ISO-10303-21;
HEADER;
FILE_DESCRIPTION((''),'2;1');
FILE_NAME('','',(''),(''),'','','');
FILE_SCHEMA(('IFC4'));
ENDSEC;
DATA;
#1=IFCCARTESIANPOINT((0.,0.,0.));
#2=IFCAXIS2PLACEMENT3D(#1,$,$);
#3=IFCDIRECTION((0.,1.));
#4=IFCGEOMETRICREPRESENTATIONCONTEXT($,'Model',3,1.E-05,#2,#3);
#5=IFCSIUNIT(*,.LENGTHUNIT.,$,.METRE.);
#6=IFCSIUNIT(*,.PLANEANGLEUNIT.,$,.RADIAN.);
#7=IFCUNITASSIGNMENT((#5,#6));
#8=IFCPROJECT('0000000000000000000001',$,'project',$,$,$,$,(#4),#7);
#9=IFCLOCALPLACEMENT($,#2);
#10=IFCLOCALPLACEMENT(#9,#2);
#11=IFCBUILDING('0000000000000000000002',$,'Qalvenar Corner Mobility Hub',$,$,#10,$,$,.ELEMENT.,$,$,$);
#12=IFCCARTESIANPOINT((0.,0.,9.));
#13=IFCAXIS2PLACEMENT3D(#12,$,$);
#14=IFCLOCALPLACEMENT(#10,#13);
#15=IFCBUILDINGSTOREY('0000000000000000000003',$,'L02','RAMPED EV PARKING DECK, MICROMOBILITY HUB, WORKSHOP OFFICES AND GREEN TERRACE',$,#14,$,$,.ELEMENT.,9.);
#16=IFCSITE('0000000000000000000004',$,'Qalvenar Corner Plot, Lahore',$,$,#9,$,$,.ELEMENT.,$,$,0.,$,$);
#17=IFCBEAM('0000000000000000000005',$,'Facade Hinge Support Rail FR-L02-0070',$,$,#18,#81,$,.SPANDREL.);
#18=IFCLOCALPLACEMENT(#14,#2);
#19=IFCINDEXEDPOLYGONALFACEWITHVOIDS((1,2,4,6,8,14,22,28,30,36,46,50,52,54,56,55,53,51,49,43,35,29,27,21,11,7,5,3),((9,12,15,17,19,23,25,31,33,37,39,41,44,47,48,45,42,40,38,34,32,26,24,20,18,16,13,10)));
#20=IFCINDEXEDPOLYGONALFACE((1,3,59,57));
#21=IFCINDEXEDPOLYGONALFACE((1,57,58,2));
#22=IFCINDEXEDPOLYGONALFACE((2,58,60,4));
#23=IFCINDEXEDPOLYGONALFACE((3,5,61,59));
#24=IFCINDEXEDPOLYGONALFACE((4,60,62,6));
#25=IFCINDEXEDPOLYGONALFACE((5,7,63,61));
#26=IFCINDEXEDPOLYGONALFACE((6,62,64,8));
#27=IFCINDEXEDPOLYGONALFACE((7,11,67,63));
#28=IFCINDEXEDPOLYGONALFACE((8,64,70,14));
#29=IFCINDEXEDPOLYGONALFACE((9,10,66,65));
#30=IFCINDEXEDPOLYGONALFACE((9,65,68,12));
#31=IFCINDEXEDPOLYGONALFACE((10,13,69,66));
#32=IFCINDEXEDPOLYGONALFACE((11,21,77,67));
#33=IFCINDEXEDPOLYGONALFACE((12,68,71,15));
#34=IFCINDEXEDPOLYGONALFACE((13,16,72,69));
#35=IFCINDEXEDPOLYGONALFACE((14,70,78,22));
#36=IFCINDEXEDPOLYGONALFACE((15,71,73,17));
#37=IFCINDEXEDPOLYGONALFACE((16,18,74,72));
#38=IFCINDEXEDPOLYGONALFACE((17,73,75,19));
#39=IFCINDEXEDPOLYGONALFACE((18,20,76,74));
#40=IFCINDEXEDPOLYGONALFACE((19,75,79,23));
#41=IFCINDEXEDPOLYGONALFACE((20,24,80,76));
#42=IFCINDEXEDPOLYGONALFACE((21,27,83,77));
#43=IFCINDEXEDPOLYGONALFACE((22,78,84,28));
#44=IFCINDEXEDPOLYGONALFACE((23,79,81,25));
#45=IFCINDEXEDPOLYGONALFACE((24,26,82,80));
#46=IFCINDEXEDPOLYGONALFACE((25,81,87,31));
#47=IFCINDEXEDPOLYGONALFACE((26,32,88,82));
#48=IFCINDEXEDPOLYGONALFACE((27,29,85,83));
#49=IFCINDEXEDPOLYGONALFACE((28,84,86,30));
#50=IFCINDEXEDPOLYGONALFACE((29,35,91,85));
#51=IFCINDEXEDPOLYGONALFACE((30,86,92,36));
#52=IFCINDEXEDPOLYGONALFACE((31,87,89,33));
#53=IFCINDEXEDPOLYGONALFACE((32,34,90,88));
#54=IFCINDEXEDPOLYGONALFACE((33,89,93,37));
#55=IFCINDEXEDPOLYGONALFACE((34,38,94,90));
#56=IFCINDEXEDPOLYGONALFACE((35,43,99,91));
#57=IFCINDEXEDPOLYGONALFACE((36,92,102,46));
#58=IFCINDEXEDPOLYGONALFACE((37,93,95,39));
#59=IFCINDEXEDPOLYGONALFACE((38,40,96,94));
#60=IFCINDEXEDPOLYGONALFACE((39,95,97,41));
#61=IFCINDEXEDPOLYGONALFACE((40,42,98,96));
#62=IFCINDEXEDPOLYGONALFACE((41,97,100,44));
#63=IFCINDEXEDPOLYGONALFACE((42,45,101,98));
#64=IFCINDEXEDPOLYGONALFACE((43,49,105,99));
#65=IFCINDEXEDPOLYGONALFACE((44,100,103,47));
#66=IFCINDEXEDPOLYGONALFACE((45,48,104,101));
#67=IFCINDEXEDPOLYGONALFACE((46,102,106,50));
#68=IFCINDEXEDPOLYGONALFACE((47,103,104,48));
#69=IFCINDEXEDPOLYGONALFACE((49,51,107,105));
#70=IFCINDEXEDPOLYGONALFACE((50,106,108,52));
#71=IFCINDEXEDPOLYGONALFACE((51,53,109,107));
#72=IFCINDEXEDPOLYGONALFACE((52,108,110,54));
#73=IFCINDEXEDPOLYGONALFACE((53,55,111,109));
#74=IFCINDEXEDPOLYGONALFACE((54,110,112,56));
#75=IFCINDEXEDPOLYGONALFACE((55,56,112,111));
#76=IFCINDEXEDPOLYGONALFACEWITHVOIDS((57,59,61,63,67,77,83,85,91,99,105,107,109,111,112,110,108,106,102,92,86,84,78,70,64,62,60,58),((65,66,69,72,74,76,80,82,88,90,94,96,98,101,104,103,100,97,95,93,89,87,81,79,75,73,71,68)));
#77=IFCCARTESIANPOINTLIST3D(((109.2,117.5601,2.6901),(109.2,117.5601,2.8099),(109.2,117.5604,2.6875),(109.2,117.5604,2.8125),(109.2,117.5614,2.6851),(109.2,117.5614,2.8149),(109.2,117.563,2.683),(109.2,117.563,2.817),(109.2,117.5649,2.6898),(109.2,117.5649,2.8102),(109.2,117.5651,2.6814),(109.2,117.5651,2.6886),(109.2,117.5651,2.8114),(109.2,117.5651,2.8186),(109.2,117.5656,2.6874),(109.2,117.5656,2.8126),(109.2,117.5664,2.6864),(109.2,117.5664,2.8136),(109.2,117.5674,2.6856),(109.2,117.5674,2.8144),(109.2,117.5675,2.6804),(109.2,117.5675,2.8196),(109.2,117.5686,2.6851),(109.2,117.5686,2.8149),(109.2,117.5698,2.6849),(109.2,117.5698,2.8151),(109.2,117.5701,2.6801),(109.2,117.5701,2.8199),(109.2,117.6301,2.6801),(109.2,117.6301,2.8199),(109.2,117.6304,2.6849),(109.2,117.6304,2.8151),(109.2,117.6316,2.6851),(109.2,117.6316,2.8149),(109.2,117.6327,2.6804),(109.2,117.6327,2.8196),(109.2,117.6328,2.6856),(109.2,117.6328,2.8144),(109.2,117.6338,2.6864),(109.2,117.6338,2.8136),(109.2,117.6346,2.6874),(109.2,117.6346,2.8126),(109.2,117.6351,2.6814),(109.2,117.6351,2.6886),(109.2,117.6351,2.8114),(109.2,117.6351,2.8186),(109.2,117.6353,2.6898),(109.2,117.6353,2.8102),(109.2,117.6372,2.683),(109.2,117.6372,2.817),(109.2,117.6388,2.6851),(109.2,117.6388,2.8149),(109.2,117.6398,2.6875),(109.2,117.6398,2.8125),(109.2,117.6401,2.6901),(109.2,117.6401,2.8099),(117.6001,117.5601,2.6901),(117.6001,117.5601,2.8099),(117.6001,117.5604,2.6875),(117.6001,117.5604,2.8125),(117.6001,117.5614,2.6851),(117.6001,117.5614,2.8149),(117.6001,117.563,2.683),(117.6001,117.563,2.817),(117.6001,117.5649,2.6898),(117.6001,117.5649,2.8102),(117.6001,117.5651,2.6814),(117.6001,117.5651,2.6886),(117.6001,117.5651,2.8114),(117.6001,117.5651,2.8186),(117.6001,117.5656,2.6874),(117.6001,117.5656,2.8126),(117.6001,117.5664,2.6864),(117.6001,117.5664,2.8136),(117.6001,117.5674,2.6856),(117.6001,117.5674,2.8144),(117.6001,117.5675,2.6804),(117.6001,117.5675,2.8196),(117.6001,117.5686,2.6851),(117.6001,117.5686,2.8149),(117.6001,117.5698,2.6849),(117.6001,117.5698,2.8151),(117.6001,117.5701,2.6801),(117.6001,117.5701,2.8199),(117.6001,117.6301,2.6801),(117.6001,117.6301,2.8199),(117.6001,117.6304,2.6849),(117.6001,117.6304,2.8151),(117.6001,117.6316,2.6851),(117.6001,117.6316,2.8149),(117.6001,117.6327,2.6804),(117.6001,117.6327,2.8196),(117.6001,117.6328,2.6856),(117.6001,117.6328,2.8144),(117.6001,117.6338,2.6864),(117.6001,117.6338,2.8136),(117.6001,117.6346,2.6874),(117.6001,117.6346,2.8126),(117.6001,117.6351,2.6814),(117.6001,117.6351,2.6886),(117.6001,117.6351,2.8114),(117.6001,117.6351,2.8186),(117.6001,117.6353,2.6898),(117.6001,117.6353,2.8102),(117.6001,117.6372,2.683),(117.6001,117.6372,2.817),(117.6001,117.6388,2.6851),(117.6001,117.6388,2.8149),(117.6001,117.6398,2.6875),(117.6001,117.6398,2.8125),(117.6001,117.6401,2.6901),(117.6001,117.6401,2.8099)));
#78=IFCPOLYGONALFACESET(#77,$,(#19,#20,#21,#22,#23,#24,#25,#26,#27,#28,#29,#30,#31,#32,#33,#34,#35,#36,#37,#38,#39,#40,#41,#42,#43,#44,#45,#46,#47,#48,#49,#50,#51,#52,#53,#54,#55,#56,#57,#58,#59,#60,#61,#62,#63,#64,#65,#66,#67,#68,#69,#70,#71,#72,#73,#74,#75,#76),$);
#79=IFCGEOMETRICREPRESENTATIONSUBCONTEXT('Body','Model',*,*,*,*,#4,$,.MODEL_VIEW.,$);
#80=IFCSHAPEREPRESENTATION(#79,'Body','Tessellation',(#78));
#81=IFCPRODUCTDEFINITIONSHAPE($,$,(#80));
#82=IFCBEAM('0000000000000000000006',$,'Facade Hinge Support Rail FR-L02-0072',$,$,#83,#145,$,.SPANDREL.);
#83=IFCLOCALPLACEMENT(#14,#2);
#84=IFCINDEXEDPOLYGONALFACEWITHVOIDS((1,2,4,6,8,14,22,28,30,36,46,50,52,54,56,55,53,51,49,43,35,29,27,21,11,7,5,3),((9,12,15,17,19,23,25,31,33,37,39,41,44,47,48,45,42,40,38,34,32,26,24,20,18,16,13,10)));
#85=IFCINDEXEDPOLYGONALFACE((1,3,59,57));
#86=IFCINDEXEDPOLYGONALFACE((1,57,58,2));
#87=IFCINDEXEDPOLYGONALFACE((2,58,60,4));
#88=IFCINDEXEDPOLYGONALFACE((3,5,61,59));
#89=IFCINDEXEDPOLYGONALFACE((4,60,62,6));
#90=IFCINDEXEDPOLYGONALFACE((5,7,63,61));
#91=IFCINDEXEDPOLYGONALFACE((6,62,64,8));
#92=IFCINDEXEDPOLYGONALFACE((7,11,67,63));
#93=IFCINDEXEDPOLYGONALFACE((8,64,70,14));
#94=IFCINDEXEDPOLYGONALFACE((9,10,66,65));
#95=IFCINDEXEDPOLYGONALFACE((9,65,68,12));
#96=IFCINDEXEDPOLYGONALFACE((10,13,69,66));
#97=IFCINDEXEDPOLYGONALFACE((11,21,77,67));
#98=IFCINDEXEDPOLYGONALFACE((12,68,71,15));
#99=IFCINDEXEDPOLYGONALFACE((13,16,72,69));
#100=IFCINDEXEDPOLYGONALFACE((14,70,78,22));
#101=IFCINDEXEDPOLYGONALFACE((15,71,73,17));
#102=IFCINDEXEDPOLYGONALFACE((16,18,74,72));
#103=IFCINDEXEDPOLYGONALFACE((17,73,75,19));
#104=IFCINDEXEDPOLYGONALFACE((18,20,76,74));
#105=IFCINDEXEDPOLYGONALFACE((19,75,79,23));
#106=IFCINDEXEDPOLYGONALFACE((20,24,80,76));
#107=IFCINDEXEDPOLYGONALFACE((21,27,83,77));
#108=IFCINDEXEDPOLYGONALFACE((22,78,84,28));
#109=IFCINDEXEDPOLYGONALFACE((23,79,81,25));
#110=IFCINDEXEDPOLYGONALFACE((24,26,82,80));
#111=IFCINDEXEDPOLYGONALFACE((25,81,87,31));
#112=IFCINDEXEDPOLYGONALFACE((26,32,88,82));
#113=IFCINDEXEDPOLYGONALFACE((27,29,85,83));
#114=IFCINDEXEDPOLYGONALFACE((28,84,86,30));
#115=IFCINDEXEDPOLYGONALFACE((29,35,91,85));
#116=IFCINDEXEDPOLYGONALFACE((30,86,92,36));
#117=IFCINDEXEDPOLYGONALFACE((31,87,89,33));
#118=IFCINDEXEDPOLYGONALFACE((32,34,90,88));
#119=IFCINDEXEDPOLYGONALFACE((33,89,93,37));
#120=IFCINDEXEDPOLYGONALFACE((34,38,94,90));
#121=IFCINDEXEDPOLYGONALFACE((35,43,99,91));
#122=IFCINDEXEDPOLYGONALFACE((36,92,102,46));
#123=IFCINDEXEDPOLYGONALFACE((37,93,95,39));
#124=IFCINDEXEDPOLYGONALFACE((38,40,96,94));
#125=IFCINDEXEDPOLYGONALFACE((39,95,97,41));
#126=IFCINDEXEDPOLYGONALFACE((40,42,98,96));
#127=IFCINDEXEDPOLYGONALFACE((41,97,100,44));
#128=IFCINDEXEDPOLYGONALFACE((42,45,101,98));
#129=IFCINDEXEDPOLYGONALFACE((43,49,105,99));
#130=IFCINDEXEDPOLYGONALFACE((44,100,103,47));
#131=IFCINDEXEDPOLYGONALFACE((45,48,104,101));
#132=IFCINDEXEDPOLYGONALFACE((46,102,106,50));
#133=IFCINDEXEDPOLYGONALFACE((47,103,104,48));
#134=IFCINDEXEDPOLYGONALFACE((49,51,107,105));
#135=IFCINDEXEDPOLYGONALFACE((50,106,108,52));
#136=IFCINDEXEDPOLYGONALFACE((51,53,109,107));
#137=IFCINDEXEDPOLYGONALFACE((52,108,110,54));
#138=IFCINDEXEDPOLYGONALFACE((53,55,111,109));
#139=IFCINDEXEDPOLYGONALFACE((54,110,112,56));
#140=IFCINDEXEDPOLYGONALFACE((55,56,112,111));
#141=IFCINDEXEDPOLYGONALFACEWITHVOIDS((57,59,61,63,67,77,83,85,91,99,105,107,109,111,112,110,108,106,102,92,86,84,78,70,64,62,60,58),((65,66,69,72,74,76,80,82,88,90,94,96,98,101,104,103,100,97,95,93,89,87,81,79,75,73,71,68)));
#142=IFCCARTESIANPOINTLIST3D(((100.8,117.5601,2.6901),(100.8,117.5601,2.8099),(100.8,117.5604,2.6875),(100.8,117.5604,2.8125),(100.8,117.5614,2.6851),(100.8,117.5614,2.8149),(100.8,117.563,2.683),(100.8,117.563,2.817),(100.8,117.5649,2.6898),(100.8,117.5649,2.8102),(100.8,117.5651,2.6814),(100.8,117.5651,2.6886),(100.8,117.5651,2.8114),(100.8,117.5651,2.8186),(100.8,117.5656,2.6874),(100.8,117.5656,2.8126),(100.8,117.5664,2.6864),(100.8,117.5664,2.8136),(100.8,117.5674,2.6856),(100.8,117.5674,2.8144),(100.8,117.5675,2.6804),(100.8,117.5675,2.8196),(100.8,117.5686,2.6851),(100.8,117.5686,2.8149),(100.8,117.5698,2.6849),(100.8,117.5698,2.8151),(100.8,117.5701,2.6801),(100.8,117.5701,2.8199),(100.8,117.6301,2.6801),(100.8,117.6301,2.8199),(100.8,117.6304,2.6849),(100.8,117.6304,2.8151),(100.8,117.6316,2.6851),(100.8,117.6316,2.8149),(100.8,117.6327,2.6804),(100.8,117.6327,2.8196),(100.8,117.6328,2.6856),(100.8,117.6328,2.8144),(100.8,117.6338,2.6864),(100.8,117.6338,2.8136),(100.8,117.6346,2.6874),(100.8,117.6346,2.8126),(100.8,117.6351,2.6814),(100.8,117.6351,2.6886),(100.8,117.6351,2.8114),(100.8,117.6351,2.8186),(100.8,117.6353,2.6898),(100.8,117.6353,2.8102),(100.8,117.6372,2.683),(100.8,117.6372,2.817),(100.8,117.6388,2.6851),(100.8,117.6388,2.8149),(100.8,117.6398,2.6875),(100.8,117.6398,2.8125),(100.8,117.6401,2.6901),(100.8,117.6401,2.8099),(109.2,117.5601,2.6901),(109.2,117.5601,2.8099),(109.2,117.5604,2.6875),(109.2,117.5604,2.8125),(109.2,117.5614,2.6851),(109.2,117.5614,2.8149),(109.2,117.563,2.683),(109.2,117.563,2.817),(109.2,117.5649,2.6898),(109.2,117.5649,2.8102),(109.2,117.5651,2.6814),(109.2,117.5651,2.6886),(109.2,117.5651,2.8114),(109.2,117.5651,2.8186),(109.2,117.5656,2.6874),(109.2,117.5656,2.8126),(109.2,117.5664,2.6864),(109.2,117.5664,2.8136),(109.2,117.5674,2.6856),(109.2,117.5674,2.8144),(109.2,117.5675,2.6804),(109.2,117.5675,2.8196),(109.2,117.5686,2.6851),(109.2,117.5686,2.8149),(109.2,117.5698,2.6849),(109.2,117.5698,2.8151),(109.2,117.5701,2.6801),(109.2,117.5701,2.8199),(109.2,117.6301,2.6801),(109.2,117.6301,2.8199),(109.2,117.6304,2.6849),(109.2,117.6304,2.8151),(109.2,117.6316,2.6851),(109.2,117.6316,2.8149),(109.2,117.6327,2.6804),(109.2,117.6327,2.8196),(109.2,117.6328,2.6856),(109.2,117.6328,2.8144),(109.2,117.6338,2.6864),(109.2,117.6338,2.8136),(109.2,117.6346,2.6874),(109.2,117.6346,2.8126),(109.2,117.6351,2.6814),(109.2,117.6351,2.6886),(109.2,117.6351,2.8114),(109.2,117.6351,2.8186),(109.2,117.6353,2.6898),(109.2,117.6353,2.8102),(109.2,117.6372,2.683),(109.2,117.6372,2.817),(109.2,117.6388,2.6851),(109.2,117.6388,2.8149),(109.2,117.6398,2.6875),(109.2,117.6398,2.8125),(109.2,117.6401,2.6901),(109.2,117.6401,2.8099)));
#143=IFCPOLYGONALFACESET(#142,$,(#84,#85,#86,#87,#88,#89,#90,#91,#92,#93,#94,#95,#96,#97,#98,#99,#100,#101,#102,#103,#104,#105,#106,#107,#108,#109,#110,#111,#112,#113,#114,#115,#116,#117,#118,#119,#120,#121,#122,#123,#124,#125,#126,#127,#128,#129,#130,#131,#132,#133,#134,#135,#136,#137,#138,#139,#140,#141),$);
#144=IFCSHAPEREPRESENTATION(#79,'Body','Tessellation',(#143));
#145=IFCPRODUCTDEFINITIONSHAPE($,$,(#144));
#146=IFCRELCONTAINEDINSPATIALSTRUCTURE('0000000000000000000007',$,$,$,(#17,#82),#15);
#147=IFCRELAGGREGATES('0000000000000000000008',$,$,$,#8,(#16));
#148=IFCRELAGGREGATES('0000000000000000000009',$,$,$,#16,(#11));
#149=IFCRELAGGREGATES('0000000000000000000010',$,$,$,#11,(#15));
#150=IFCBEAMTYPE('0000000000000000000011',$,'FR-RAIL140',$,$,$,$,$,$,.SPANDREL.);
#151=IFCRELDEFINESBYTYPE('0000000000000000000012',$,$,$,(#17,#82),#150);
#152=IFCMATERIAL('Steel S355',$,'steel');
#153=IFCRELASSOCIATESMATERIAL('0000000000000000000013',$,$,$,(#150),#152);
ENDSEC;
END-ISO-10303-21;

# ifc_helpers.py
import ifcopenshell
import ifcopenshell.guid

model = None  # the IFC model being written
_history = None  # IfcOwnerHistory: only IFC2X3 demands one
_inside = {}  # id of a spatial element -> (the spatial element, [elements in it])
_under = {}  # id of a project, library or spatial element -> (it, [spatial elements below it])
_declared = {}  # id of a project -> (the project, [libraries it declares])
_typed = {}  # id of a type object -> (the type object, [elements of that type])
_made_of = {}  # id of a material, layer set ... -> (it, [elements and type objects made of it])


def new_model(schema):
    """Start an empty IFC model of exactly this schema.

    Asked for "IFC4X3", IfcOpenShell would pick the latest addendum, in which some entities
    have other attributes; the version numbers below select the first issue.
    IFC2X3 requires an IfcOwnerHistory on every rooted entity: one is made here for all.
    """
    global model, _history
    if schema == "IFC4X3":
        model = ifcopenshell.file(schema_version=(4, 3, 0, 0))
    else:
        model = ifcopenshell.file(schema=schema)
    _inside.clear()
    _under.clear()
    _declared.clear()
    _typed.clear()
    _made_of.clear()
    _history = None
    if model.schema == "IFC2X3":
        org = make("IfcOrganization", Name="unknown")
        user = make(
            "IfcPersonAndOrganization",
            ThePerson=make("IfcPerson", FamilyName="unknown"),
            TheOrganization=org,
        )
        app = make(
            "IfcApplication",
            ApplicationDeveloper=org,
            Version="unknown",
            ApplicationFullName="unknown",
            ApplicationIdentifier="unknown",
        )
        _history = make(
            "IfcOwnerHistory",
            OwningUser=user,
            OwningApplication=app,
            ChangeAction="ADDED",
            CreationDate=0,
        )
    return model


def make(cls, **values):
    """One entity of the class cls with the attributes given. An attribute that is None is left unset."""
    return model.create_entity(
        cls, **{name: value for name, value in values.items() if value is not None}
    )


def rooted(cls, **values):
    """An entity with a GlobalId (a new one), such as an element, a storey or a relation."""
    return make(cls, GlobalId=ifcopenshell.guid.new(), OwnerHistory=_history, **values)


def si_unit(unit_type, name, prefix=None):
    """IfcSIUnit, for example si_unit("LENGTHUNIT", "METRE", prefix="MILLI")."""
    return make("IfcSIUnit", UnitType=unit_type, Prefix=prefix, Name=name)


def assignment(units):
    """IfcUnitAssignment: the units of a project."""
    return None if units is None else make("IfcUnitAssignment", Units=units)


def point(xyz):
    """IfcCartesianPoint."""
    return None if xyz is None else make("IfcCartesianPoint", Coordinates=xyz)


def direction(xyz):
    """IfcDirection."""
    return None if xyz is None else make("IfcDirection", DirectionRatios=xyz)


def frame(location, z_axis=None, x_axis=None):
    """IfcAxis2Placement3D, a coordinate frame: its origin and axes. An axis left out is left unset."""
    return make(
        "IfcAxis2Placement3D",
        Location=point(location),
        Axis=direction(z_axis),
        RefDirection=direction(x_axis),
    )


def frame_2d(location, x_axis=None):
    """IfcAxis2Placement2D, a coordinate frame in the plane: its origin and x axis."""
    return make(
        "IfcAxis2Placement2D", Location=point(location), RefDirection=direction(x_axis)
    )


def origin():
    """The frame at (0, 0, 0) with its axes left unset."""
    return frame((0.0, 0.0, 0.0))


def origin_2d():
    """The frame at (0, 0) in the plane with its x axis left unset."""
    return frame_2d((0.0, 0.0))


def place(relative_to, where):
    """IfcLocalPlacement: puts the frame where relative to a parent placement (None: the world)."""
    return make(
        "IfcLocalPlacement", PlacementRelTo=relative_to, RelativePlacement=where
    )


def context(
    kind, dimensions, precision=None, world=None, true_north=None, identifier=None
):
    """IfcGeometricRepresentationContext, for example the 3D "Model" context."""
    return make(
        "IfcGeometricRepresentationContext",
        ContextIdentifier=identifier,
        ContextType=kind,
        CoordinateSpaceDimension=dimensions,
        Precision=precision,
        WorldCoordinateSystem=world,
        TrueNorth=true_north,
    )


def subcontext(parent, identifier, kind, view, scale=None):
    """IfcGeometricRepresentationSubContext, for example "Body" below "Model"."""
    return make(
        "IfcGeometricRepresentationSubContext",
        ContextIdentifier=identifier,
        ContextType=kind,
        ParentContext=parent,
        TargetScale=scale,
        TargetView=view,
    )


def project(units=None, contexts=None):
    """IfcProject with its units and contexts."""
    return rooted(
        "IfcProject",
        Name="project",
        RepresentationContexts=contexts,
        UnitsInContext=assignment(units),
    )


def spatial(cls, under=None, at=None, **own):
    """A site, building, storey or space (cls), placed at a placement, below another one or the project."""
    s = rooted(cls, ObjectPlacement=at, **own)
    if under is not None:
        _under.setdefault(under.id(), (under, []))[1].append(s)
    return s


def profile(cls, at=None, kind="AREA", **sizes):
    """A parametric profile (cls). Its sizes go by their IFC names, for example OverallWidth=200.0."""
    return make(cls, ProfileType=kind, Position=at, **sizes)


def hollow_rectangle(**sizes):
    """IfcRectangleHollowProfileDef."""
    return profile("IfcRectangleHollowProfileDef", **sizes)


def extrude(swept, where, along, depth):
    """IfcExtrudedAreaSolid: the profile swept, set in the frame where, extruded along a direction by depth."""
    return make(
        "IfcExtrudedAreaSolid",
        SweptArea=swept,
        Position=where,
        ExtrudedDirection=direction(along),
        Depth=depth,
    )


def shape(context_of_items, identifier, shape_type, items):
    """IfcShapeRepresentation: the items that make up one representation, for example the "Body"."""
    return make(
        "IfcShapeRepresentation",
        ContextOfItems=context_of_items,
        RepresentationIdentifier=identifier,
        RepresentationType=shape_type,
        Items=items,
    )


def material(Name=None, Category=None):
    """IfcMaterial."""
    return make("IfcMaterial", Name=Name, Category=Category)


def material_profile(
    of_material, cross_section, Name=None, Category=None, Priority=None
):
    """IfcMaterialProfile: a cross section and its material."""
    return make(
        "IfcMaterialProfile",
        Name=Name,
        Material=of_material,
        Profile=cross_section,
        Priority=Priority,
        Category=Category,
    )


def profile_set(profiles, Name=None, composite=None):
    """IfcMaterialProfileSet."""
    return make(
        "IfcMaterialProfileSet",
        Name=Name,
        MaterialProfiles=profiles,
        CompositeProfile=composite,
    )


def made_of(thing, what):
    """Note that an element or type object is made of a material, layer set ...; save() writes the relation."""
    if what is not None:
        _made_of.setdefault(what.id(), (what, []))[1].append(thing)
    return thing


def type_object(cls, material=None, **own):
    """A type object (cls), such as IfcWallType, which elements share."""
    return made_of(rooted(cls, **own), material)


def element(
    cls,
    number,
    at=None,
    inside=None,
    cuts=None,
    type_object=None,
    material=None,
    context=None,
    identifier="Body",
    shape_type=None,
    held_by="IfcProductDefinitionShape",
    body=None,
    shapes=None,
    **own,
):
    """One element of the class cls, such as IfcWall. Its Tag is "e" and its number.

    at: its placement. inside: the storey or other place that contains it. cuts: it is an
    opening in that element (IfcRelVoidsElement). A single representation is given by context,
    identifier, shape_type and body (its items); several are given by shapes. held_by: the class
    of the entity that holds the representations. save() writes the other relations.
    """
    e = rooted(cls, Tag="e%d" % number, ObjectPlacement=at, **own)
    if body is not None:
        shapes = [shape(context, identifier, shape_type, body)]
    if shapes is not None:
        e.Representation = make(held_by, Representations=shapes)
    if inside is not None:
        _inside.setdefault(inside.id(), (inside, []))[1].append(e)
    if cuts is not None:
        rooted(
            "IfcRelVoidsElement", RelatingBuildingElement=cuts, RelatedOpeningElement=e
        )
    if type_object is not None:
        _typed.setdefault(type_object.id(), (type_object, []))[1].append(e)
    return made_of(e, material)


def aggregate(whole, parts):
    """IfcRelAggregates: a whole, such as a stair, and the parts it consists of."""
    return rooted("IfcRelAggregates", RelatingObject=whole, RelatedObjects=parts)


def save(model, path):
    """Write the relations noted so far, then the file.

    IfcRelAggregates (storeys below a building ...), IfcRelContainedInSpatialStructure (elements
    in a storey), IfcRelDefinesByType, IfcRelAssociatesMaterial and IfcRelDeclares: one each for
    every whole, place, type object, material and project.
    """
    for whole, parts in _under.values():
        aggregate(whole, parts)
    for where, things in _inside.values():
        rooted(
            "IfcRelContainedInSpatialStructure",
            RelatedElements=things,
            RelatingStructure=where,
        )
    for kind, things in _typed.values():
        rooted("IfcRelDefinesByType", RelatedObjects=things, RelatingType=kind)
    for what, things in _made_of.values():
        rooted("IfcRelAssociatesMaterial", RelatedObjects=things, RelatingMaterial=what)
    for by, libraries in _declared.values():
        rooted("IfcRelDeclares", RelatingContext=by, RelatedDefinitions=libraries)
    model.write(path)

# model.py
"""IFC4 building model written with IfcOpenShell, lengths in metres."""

from ifc_helpers import new_model, si_unit, direction, frame, origin, origin_2d, place, context, subcontext, project, spatial, hollow_rectangle, extrude, material, material_profile, profile_set, type_object, element, save


model = new_model("IFC4")

# Units and contexts
model_context = context("Model", 3, precision=1e-05, world=origin(), true_north=direction((0.0, 1.0)))
body_context = subcontext(model_context, "Body", "Model", "MODEL_VIEW")
ifc_project = project(units=[si_unit("LENGTHUNIT", "METRE"), si_unit("PLANEANGLEUNIT", "RADIAN")], contexts=[model_context])

# Site, building, storey
site_placement = place(None, origin())
site = spatial("IfcSite", under=ifc_project, at=site_placement, Name="Qalvenar Corner Plot, Lahore", CompositionType="ELEMENT", RefElevation=0.0)
building_placement = place(site_placement, origin())
building = spatial("IfcBuilding", under=site, at=building_placement, Name="Qalvenar Corner Mobility Hub", CompositionType="ELEMENT")
storey_placement = place(building_placement, frame((0.0, 0.0, 9.0)))
storey = spatial("IfcBuildingStorey", under=building, at=storey_placement, Name="L02", Description="RAMPED EV PARKING DECK, MICROMOBILITY HUB, WORKSHOP OFFICES AND GREEN TERRACE", CompositionType="ELEMENT", Elevation=9.0)

# Shared definitions
ifc_material = material(Name="Steel S355", Category="steel")

# Beams
ifc_material_profile_1 = material_profile(ifc_material, hollow_rectangle(XDim=0.0801, YDim=0.1399, WallThickness=0.0049, InnerFilletRadius=0.0049, OuterFilletRadius=0.01, at=origin_2d()), Name="RHS140x80x5")
ifc_profile_set_1 = profile_set([ifc_material_profile_1], Name="Steel S355")
beam_type_1 = type_object("IfcBeamType", Name="FR-RAIL140", PredefinedType="SPANDREL", material=ifc_profile_set_1)
beam_1_placement = place(storey_placement, frame((117.6001, 117.6001, 2.75), z_axis=(-1.0, 0.0, 0.0), x_axis=(0.0, -1.0, 0.0)))
element("IfcBeam", 1, at=beam_1_placement, inside=storey, type_object=beam_type_1, Name="Facade Hinge Support Rail FR-L02-0070", PredefinedType="SPANDREL", context=body_context, shape_type="SweptSolid", body=[
    extrude(hollow_rectangle(XDim=0.0801, YDim=0.1399, WallThickness=0.0049, InnerFilletRadius=0.0049, OuterFilletRadius=0.01, at=origin_2d()), origin(), (0.0, 0.0, 1.0), 8.4001),
])
beam_2_placement = place(storey_placement, frame((109.2, 117.6001, 2.75), z_axis=(-1.0, 0.0, 0.0), x_axis=(0.0, -1.0, 0.0)))
element("IfcBeam", 2, at=beam_2_placement, inside=storey, type_object=beam_type_1, Name="Facade Hinge Support Rail FR-L02-0072", PredefinedType="SPANDREL", context=body_context, shape_type="SweptSolid", body=[
    extrude(hollow_rectangle(XDim=0.0801, YDim=0.1399, WallThickness=0.0049, InnerFilletRadius=0.0049, OuterFilletRadius=0.01, at=origin_2d()), origin(), (0.0, 0.0, 1.0), 8.3999),
])

save(model, "model.ifc")
